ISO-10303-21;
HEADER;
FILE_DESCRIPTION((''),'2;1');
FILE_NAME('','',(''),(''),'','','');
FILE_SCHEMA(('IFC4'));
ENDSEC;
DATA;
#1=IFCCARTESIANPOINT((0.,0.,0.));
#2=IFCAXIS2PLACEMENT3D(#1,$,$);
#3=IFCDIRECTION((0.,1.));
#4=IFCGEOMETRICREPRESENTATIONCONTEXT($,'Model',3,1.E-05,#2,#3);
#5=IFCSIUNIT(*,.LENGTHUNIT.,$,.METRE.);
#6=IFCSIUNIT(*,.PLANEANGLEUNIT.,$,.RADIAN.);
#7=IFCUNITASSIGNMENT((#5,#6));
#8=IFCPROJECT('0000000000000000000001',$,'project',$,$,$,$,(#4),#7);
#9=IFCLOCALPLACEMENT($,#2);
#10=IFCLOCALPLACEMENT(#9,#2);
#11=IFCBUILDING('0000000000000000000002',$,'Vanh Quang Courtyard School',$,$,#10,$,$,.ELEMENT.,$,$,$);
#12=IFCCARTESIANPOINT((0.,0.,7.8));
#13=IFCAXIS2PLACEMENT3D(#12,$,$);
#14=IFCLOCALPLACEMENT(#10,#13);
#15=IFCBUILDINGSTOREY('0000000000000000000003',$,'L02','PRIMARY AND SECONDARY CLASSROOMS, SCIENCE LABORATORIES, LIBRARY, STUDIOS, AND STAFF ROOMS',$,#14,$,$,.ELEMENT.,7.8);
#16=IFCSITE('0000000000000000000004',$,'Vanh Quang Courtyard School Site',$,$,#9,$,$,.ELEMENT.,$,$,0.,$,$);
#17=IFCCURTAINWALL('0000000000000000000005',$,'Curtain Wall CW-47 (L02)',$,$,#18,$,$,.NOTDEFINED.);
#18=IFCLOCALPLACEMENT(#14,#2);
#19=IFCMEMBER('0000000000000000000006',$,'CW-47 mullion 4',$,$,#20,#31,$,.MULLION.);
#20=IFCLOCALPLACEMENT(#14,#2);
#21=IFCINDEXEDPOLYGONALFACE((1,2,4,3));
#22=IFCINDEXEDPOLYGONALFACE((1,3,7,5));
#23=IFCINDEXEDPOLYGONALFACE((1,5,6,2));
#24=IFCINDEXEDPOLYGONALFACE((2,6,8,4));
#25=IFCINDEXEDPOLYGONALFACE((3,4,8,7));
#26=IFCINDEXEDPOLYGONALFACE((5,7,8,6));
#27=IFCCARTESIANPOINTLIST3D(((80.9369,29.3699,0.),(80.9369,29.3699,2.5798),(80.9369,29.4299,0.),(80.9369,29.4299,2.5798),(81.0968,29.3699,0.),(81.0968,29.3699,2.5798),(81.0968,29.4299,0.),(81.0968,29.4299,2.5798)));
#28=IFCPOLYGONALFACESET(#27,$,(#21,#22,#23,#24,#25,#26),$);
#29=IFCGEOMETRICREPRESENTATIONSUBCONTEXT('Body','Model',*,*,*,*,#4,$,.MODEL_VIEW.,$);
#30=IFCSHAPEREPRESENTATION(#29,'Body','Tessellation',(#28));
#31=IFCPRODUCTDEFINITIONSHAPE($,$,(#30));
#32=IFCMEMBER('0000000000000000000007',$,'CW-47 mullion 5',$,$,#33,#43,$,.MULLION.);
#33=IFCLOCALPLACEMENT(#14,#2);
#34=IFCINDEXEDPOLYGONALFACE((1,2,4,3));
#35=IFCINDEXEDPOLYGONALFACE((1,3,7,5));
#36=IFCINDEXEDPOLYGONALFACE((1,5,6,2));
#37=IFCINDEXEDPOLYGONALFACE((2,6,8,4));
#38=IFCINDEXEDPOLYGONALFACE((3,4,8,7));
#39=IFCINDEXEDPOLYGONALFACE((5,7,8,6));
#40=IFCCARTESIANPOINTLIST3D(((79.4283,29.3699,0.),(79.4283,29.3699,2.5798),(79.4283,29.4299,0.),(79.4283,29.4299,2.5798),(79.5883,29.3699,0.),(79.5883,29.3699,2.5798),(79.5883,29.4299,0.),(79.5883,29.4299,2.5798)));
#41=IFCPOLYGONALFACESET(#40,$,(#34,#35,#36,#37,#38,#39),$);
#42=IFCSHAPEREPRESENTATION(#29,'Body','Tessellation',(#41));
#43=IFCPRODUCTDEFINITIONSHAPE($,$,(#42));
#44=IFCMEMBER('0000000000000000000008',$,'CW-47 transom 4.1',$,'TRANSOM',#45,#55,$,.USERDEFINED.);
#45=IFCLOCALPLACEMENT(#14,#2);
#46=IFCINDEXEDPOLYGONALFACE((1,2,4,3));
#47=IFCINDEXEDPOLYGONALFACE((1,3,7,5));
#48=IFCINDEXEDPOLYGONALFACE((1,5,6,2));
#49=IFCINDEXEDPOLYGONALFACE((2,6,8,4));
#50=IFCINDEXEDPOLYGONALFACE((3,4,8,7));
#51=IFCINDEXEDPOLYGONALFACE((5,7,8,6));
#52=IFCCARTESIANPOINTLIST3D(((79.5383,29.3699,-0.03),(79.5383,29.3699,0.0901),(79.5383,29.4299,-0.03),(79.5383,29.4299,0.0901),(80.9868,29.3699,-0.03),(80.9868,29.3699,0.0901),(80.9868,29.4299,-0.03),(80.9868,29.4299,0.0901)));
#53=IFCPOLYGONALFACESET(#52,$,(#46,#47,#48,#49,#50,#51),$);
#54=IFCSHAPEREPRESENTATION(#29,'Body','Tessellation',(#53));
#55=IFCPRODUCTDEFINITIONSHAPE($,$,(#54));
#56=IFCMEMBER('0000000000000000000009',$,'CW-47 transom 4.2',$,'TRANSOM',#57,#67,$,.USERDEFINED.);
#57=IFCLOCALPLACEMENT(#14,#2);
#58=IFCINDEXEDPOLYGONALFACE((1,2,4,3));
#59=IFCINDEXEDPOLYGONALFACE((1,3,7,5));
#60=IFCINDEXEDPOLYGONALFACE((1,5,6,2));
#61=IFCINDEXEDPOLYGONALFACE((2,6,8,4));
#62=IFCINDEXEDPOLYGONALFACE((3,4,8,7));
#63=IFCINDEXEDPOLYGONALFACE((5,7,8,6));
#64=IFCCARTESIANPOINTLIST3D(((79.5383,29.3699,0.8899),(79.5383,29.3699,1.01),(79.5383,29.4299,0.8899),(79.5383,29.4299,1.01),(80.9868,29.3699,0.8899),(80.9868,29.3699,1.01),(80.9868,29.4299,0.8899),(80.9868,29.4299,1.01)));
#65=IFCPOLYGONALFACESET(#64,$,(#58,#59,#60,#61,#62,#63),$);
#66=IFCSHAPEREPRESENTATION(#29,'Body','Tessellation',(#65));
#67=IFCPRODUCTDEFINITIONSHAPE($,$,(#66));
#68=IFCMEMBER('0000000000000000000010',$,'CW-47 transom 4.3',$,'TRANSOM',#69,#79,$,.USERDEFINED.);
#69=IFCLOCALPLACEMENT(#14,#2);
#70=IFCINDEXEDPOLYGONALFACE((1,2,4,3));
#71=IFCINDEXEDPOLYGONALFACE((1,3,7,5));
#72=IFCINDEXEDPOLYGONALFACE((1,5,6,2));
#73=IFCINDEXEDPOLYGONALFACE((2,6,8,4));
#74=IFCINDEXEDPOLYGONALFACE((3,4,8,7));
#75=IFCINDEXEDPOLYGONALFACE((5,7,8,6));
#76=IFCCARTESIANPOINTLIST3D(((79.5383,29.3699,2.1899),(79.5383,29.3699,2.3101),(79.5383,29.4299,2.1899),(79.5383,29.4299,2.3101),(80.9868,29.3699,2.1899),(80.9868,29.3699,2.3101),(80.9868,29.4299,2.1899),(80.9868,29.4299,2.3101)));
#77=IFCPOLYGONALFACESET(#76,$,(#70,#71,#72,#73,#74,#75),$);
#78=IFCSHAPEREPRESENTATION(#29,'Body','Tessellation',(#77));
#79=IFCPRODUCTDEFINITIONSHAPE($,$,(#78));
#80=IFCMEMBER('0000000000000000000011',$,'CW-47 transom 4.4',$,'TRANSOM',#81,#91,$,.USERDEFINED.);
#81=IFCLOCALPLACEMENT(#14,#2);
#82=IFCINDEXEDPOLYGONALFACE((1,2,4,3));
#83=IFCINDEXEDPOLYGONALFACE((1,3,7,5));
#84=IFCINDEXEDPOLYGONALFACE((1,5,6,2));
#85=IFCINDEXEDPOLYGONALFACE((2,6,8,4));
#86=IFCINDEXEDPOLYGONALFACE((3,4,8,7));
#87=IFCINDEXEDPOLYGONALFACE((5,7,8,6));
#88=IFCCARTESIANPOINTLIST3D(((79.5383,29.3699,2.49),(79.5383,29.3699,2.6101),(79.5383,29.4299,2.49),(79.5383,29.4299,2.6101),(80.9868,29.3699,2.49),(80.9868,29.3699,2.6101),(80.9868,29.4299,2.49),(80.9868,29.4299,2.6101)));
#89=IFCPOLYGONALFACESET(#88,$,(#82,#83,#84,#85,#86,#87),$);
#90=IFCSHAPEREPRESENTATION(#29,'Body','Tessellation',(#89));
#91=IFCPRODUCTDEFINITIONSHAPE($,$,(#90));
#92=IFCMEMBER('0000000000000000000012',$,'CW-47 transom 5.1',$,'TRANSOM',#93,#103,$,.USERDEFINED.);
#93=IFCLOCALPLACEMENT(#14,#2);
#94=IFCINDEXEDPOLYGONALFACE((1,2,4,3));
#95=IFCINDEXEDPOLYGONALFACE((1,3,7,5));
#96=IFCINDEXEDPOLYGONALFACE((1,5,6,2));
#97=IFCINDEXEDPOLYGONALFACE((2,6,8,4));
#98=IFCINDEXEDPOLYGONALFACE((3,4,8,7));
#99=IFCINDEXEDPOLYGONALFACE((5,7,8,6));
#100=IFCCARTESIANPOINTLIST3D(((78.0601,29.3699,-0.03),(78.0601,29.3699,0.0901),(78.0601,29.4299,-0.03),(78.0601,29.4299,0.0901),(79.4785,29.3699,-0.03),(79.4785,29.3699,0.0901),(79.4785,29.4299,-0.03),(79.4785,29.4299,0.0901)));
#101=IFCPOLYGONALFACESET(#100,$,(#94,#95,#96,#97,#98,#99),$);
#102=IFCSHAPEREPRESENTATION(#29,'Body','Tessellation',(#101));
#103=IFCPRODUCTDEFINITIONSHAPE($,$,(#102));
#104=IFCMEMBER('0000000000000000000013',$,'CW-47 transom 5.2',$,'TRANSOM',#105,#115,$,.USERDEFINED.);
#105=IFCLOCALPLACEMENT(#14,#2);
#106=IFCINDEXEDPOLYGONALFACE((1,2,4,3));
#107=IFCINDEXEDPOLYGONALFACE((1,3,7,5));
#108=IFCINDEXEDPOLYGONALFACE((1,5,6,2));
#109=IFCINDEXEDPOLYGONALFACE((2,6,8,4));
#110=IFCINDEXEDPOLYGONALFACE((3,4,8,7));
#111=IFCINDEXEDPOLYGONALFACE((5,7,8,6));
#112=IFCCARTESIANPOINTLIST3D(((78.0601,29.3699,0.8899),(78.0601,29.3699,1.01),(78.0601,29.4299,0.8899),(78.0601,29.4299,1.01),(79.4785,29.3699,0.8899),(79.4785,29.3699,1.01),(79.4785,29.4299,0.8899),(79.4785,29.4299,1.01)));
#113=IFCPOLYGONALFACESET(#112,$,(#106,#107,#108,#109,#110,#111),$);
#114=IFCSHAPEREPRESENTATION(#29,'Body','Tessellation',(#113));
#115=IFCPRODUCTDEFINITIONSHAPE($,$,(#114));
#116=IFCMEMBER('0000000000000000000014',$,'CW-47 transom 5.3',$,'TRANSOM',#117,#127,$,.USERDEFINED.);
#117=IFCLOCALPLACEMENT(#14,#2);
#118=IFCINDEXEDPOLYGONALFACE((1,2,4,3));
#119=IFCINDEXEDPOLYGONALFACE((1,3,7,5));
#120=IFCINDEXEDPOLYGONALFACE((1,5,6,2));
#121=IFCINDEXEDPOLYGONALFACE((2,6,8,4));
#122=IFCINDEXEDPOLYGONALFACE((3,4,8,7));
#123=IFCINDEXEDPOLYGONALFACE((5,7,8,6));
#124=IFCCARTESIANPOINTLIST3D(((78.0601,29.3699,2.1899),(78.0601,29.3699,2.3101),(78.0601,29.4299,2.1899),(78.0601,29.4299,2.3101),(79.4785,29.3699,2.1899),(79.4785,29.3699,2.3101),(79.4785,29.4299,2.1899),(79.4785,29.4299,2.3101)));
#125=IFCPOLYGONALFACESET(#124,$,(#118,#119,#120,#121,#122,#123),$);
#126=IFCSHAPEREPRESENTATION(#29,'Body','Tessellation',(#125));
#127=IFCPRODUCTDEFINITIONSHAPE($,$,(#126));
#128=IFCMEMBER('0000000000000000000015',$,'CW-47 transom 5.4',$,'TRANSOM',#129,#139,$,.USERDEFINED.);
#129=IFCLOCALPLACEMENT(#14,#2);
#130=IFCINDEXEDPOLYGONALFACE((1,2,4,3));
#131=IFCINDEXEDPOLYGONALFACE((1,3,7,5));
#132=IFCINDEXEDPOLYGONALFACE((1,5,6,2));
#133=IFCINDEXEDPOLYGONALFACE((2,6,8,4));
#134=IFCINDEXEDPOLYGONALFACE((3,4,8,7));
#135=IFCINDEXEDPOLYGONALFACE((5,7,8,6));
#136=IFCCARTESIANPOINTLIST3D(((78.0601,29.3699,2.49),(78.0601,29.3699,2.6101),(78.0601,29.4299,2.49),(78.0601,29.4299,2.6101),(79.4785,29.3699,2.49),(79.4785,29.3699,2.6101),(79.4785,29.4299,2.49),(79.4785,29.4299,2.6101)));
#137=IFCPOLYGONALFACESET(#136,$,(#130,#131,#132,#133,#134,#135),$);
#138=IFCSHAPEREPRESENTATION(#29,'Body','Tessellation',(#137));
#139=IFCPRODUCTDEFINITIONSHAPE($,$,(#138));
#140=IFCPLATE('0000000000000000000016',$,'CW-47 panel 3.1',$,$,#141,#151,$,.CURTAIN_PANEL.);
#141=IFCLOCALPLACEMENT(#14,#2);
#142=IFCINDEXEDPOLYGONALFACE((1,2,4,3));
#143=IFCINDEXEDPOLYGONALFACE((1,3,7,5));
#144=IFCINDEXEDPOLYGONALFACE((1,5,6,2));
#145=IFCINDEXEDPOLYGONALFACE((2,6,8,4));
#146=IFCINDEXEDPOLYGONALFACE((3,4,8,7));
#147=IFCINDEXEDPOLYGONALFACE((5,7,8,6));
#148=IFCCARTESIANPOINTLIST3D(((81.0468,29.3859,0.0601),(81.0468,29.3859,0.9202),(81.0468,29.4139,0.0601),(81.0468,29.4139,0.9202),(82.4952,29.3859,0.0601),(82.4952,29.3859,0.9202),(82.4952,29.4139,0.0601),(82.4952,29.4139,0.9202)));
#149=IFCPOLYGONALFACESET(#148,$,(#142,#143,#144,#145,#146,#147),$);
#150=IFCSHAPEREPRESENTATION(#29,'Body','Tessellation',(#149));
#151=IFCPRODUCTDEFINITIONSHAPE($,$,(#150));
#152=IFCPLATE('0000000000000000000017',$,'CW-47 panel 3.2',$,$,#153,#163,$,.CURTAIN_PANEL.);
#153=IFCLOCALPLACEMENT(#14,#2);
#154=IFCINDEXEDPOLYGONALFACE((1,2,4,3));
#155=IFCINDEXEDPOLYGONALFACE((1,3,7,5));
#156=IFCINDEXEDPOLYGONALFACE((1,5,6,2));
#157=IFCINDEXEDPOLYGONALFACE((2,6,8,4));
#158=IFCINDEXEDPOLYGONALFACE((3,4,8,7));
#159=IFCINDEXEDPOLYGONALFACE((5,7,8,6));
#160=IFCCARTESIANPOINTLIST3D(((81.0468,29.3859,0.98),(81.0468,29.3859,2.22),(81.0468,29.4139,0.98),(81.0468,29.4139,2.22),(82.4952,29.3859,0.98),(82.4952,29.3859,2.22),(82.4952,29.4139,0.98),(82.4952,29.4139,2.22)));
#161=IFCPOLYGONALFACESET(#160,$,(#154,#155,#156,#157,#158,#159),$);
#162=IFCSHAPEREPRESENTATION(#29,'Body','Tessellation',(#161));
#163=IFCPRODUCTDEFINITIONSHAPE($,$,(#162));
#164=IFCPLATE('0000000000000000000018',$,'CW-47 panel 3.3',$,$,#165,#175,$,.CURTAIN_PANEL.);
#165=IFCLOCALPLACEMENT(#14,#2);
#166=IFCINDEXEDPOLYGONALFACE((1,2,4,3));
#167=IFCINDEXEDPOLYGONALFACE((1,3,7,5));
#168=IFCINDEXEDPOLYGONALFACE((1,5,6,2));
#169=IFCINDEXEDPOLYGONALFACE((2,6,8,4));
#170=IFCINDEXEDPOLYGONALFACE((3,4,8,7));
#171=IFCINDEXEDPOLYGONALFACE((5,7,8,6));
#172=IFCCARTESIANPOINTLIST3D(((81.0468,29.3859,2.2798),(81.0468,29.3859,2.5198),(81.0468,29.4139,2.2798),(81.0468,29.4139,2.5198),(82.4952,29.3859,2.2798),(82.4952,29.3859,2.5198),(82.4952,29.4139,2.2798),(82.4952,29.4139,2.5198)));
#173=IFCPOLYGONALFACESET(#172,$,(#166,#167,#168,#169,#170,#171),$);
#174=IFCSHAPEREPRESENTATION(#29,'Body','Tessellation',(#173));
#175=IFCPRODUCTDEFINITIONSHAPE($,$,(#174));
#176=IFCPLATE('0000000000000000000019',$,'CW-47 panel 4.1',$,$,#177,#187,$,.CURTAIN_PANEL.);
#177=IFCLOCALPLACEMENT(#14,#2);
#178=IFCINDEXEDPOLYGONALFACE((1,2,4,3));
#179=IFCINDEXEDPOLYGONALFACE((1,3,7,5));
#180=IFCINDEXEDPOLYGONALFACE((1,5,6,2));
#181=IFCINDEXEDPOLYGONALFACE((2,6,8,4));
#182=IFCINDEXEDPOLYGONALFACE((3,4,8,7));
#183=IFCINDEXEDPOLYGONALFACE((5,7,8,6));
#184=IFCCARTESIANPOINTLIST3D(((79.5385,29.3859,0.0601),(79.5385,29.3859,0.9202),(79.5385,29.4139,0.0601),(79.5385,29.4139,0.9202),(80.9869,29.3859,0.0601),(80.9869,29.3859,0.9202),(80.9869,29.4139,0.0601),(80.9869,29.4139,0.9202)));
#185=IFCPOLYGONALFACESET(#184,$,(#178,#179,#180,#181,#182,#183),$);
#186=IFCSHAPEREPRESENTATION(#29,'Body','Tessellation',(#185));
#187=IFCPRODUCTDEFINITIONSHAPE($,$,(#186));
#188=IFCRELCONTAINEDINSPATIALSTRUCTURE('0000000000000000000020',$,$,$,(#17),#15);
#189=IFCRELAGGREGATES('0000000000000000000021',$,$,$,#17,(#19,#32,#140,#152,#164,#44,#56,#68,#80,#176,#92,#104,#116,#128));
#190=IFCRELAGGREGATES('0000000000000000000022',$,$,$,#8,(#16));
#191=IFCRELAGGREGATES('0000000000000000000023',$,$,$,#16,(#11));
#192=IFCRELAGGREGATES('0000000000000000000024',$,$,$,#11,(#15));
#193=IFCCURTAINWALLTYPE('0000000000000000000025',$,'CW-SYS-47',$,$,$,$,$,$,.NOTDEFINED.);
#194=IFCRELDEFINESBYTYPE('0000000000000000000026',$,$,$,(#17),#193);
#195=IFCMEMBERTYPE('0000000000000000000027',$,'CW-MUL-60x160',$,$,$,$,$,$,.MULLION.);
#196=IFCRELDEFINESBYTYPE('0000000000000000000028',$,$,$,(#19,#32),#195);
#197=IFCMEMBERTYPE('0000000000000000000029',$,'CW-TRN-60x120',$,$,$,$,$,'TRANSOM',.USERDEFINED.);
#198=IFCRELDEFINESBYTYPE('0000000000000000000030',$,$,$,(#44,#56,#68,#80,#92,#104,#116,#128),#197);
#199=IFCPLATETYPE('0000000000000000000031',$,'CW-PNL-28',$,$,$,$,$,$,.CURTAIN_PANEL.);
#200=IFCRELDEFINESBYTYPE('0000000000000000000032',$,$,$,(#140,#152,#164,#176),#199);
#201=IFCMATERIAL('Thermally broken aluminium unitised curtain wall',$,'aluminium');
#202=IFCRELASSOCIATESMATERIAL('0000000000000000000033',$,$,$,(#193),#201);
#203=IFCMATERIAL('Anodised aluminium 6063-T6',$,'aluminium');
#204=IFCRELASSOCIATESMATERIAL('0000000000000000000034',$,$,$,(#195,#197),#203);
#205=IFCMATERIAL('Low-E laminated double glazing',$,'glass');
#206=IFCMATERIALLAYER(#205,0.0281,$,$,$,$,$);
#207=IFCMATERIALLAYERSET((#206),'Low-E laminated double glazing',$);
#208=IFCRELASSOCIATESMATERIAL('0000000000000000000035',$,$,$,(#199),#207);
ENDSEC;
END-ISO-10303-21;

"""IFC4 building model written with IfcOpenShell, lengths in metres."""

from ifc_helpers import new_model, si_unit, direction, frame, origin, origin_2d, place, context, subcontext, project, spatial, rectangle, extrude, material, layer, layer_set, material_profile, profile_set, type_object, element, aggregate, save


model = new_model("IFC4")

# Units and contexts
model_context = context("Model", 3, precision=1e-05, world=origin(), true_north=direction((0.0, 1.0)))
body_context = subcontext(model_context, "Body", "Model", "MODEL_VIEW")
ifc_project = project(units=[si_unit("LENGTHUNIT", "METRE"), si_unit("PLANEANGLEUNIT", "RADIAN")], contexts=[model_context])

# Site, building, storey
site_placement = place(None, origin())
site = spatial("IfcSite", under=ifc_project, at=site_placement, Name="Vanh Quang Courtyard School Site", CompositionType="ELEMENT", RefElevation=0.0)
building_placement = place(site_placement, origin())
building = spatial("IfcBuilding", under=site, at=building_placement, Name="Vanh Quang Courtyard School", CompositionType="ELEMENT")
storey_placement = place(building_placement, frame((0.0, 0.0, 7.8)))
storey = spatial("IfcBuildingStorey", under=building, at=storey_placement, Name="L02", Description="PRIMARY AND SECONDARY CLASSROOMS, SCIENCE LABORATORIES, LIBRARY, STUDIOS, AND STAFF ROOMS", CompositionType="ELEMENT", Elevation=7.8)

# Curtain wall, members, plates
ifc_material_1 = material(Name="Thermally broken aluminium unitised curtain wall", Category="aluminium")
curtain_wall_type = type_object("IfcCurtainWallType", Name="CW-SYS-47", PredefinedType="NOTDEFINED", material=ifc_material_1)
curtain_wall_placement = place(storey_placement, origin())
curtain_wall = element("IfcCurtainWall", 1, at=curtain_wall_placement, inside=storey, type_object=curtain_wall_type, Name="Curtain Wall CW-47 (L02)", PredefinedType="NOTDEFINED")
ifc_material_2 = material(Name="Anodised aluminium 6063-T6", Category="aluminium")
ifc_material_profile_1 = material_profile(ifc_material_2, rectangle(XDim=0.0601, YDim=0.1599, at=origin_2d()), Name="ALU-MUL 60x160")
ifc_profile_set_1 = profile_set([ifc_material_profile_1], Name="Anodised aluminium 6063-T6")
member_type_1 = type_object("IfcMemberType", Name="CW-MUL-60x160", PredefinedType="MULLION", material=ifc_profile_set_1)
member_1_placement = place(storey_placement, frame((81.0168, 29.3999, 0.0), z_axis=(0.0, 0.0, 1.0), x_axis=(0.0, -1.0, 0.0)))
member_1 = element("IfcMember", 2, at=member_1_placement, type_object=member_type_1, Name="CW-47 mullion 4", PredefinedType="MULLION", context=body_context, shape_type="SweptSolid", body=[
    extrude(rectangle(XDim=0.0601, YDim=0.1599, at=origin_2d()), origin(), (0.0, 0.0, 1.0), 2.5798),
])
member_2_placement = place(storey_placement, frame((79.5083, 29.3999, 0.0), z_axis=(0.0, 0.0, 1.0), x_axis=(0.0, -1.0, 0.0)))
member_2 = element("IfcMember", 3, at=member_2_placement, type_object=member_type_1, Name="CW-47 mullion 5", PredefinedType="MULLION", context=body_context, shape_type="SweptSolid", body=[
    extrude(rectangle(XDim=0.0601, YDim=0.1599, at=origin_2d()), origin(), (0.0, 0.0, 1.0), 2.5798),
])
ifc_material_profile_2 = material_profile(ifc_material_2, rectangle(XDim=0.0601, YDim=0.1201, at=origin_2d()), Name="ALU-TRN 60x120")
ifc_profile_set_2 = profile_set([ifc_material_profile_2], Name="Anodised aluminium 6063-T6")
member_type_2 = type_object("IfcMemberType", Name="CW-TRN-60x120", ElementType="TRANSOM", PredefinedType="USERDEFINED", material=ifc_profile_set_2)
member_3_placement = place(storey_placement, frame((80.9868, 29.3999, 0.03), z_axis=(-1.0, 0.0, 0.0), x_axis=(0.0, -1.0, 0.0)))
member_3 = element("IfcMember", 4, at=member_3_placement, type_object=member_type_2, Name="CW-47 transom 4.1", ObjectType="TRANSOM", PredefinedType="USERDEFINED", context=body_context, shape_type="SweptSolid", body=[
    extrude(rectangle(XDim=0.0601, YDim=0.1201, at=origin_2d()), origin(), (0.0, 0.0, 1.0), 1.4485),
])
member_4_placement = place(storey_placement, frame((80.9868, 29.3999, 0.95), z_axis=(-1.0, 0.0, 0.0), x_axis=(0.0, -1.0, 0.0)))
member_4 = element("IfcMember", 5, at=member_4_placement, type_object=member_type_2, Name="CW-47 transom 4.2", ObjectType="TRANSOM", PredefinedType="USERDEFINED", context=body_context, shape_type="SweptSolid", body=[
    extrude(rectangle(XDim=0.0601, YDim=0.1201, at=origin_2d()), origin(), (0.0, 0.0, 1.0), 1.4485),
])
member_5_placement = place(storey_placement, frame((80.9868, 29.3999, 2.25), z_axis=(-1.0, 0.0, 0.0), x_axis=(0.0, -1.0, 0.0)))
member_5 = element("IfcMember", 6, at=member_5_placement, type_object=member_type_2, Name="CW-47 transom 4.3", ObjectType="TRANSOM", PredefinedType="USERDEFINED", context=body_context, shape_type="SweptSolid", body=[
    extrude(rectangle(XDim=0.0601, YDim=0.1201, at=origin_2d()), origin(), (0.0, 0.0, 1.0), 1.4485),
])
member_6_placement = place(storey_placement, frame((80.9868, 29.3999, 2.55), z_axis=(-1.0, 0.0, 0.0), x_axis=(0.0, -1.0, 0.0)))
member_6 = element("IfcMember", 7, at=member_6_placement, type_object=member_type_2, Name="CW-47 transom 4.4", ObjectType="TRANSOM", PredefinedType="USERDEFINED", context=body_context, shape_type="SweptSolid", body=[
    extrude(rectangle(XDim=0.0601, YDim=0.1201, at=origin_2d()), origin(), (0.0, 0.0, 1.0), 1.4485),
])
member_7_placement = place(storey_placement, frame((79.4785, 29.3999, 0.03), z_axis=(-1.0, 0.0, 0.0), x_axis=(0.0, -1.0, 0.0)))
member_7 = element("IfcMember", 8, at=member_7_placement, type_object=member_type_2, Name="CW-47 transom 5.1", ObjectType="TRANSOM", PredefinedType="USERDEFINED", context=body_context, shape_type="SweptSolid", body=[
    extrude(rectangle(XDim=0.0601, YDim=0.1201, at=origin_2d()), origin(), (0.0, 0.0, 1.0), 1.4185),
])
member_8_placement = place(storey_placement, frame((79.4785, 29.3999, 0.95), z_axis=(-1.0, 0.0, 0.0), x_axis=(0.0, -1.0, 0.0)))
member_8 = element("IfcMember", 9, at=member_8_placement, type_object=member_type_2, Name="CW-47 transom 5.2", ObjectType="TRANSOM", PredefinedType="USERDEFINED", context=body_context, shape_type="SweptSolid", body=[
    extrude(rectangle(XDim=0.0601, YDim=0.1201, at=origin_2d()), origin(), (0.0, 0.0, 1.0), 1.4185),
])
member_9_placement = place(storey_placement, frame((79.4785, 29.3999, 2.25), z_axis=(-1.0, 0.0, 0.0), x_axis=(0.0, -1.0, 0.0)))
member_9 = element("IfcMember", 10, at=member_9_placement, type_object=member_type_2, Name="CW-47 transom 5.3", ObjectType="TRANSOM", PredefinedType="USERDEFINED", context=body_context, shape_type="SweptSolid", body=[
    extrude(rectangle(XDim=0.0601, YDim=0.1201, at=origin_2d()), origin(), (0.0, 0.0, 1.0), 1.4185),
])
member_10_placement = place(storey_placement, frame((79.4785, 29.3999, 2.55), z_axis=(-1.0, 0.0, 0.0), x_axis=(0.0, -1.0, 0.0)))
member_10 = element("IfcMember", 11, at=member_10_placement, type_object=member_type_2, Name="CW-47 transom 5.4", ObjectType="TRANSOM", PredefinedType="USERDEFINED", context=body_context, shape_type="SweptSolid", body=[
    extrude(rectangle(XDim=0.0601, YDim=0.1201, at=origin_2d()), origin(), (0.0, 0.0, 1.0), 1.4185),
])
ifc_material_3 = material(Name="Low-E laminated double glazing", Category="glass")
ifc_layer_1 = layer(ifc_material_3, 0.0281)
ifc_layer_set_1 = layer_set([ifc_layer_1], Name="Low-E laminated double glazing")
plate_type = type_object("IfcPlateType", Name="CW-PNL-28", PredefinedType="CURTAIN_PANEL", material=ifc_layer_set_1)
plate_1_placement = place(storey_placement, frame((81.771, 29.3999, 0.0601), z_axis=(0.0, 0.0, 1.0), x_axis=(-1.0, 0.0, 0.0)))
plate_1 = element("IfcPlate", 12, at=plate_1_placement, type_object=plate_type, Name="CW-47 panel 3.1", PredefinedType="CURTAIN_PANEL", context=body_context, shape_type="SweptSolid", body=[
    extrude(rectangle(XDim=1.4485, YDim=0.0281, at=origin_2d()), origin(), (0.0, 0.0, 1.0), 0.8601),
])
plate_2_placement = place(storey_placement, frame((81.771, 29.3999, 0.98), z_axis=(0.0, 0.0, 1.0), x_axis=(-1.0, 0.0, 0.0)))
plate_2 = element("IfcPlate", 13, at=plate_2_placement, type_object=plate_type, Name="CW-47 panel 3.2", PredefinedType="CURTAIN_PANEL", context=body_context, shape_type="SweptSolid", body=[
    extrude(rectangle(XDim=1.4485, YDim=0.0281, at=origin_2d()), origin(), (0.0, 0.0, 1.0), 1.24),
])
plate_3_placement = place(storey_placement, frame((81.771, 29.3999, 2.2798), z_axis=(0.0, 0.0, 1.0), x_axis=(-1.0, 0.0, 0.0)))
plate_3 = element("IfcPlate", 14, at=plate_3_placement, type_object=plate_type, Name="CW-47 panel 3.3", PredefinedType="CURTAIN_PANEL", context=body_context, shape_type="SweptSolid", body=[
    extrude(rectangle(XDim=1.4485, YDim=0.0281, at=origin_2d()), origin(), (0.0, 0.0, 1.0), 0.24),
])
plate_4_placement = place(storey_placement, frame((80.2627, 29.3999, 0.0601), z_axis=(0.0, 0.0, 1.0), x_axis=(-1.0, 0.0, 0.0)))
plate_4 = element("IfcPlate", 15, at=plate_4_placement, type_object=plate_type, Name="CW-47 panel 4.1", PredefinedType="CURTAIN_PANEL", context=body_context, shape_type="SweptSolid", body=[
    extrude(rectangle(XDim=1.4485, YDim=0.0281, at=origin_2d()), origin(), (0.0, 0.0, 1.0), 0.8601),
])
aggregate(curtain_wall, [member_1, member_2, plate_1, plate_2, plate_3, member_3, member_4, member_5, member_6, plate_4, member_7, member_8, member_9, member_10])

save(model, "model.ifc")
